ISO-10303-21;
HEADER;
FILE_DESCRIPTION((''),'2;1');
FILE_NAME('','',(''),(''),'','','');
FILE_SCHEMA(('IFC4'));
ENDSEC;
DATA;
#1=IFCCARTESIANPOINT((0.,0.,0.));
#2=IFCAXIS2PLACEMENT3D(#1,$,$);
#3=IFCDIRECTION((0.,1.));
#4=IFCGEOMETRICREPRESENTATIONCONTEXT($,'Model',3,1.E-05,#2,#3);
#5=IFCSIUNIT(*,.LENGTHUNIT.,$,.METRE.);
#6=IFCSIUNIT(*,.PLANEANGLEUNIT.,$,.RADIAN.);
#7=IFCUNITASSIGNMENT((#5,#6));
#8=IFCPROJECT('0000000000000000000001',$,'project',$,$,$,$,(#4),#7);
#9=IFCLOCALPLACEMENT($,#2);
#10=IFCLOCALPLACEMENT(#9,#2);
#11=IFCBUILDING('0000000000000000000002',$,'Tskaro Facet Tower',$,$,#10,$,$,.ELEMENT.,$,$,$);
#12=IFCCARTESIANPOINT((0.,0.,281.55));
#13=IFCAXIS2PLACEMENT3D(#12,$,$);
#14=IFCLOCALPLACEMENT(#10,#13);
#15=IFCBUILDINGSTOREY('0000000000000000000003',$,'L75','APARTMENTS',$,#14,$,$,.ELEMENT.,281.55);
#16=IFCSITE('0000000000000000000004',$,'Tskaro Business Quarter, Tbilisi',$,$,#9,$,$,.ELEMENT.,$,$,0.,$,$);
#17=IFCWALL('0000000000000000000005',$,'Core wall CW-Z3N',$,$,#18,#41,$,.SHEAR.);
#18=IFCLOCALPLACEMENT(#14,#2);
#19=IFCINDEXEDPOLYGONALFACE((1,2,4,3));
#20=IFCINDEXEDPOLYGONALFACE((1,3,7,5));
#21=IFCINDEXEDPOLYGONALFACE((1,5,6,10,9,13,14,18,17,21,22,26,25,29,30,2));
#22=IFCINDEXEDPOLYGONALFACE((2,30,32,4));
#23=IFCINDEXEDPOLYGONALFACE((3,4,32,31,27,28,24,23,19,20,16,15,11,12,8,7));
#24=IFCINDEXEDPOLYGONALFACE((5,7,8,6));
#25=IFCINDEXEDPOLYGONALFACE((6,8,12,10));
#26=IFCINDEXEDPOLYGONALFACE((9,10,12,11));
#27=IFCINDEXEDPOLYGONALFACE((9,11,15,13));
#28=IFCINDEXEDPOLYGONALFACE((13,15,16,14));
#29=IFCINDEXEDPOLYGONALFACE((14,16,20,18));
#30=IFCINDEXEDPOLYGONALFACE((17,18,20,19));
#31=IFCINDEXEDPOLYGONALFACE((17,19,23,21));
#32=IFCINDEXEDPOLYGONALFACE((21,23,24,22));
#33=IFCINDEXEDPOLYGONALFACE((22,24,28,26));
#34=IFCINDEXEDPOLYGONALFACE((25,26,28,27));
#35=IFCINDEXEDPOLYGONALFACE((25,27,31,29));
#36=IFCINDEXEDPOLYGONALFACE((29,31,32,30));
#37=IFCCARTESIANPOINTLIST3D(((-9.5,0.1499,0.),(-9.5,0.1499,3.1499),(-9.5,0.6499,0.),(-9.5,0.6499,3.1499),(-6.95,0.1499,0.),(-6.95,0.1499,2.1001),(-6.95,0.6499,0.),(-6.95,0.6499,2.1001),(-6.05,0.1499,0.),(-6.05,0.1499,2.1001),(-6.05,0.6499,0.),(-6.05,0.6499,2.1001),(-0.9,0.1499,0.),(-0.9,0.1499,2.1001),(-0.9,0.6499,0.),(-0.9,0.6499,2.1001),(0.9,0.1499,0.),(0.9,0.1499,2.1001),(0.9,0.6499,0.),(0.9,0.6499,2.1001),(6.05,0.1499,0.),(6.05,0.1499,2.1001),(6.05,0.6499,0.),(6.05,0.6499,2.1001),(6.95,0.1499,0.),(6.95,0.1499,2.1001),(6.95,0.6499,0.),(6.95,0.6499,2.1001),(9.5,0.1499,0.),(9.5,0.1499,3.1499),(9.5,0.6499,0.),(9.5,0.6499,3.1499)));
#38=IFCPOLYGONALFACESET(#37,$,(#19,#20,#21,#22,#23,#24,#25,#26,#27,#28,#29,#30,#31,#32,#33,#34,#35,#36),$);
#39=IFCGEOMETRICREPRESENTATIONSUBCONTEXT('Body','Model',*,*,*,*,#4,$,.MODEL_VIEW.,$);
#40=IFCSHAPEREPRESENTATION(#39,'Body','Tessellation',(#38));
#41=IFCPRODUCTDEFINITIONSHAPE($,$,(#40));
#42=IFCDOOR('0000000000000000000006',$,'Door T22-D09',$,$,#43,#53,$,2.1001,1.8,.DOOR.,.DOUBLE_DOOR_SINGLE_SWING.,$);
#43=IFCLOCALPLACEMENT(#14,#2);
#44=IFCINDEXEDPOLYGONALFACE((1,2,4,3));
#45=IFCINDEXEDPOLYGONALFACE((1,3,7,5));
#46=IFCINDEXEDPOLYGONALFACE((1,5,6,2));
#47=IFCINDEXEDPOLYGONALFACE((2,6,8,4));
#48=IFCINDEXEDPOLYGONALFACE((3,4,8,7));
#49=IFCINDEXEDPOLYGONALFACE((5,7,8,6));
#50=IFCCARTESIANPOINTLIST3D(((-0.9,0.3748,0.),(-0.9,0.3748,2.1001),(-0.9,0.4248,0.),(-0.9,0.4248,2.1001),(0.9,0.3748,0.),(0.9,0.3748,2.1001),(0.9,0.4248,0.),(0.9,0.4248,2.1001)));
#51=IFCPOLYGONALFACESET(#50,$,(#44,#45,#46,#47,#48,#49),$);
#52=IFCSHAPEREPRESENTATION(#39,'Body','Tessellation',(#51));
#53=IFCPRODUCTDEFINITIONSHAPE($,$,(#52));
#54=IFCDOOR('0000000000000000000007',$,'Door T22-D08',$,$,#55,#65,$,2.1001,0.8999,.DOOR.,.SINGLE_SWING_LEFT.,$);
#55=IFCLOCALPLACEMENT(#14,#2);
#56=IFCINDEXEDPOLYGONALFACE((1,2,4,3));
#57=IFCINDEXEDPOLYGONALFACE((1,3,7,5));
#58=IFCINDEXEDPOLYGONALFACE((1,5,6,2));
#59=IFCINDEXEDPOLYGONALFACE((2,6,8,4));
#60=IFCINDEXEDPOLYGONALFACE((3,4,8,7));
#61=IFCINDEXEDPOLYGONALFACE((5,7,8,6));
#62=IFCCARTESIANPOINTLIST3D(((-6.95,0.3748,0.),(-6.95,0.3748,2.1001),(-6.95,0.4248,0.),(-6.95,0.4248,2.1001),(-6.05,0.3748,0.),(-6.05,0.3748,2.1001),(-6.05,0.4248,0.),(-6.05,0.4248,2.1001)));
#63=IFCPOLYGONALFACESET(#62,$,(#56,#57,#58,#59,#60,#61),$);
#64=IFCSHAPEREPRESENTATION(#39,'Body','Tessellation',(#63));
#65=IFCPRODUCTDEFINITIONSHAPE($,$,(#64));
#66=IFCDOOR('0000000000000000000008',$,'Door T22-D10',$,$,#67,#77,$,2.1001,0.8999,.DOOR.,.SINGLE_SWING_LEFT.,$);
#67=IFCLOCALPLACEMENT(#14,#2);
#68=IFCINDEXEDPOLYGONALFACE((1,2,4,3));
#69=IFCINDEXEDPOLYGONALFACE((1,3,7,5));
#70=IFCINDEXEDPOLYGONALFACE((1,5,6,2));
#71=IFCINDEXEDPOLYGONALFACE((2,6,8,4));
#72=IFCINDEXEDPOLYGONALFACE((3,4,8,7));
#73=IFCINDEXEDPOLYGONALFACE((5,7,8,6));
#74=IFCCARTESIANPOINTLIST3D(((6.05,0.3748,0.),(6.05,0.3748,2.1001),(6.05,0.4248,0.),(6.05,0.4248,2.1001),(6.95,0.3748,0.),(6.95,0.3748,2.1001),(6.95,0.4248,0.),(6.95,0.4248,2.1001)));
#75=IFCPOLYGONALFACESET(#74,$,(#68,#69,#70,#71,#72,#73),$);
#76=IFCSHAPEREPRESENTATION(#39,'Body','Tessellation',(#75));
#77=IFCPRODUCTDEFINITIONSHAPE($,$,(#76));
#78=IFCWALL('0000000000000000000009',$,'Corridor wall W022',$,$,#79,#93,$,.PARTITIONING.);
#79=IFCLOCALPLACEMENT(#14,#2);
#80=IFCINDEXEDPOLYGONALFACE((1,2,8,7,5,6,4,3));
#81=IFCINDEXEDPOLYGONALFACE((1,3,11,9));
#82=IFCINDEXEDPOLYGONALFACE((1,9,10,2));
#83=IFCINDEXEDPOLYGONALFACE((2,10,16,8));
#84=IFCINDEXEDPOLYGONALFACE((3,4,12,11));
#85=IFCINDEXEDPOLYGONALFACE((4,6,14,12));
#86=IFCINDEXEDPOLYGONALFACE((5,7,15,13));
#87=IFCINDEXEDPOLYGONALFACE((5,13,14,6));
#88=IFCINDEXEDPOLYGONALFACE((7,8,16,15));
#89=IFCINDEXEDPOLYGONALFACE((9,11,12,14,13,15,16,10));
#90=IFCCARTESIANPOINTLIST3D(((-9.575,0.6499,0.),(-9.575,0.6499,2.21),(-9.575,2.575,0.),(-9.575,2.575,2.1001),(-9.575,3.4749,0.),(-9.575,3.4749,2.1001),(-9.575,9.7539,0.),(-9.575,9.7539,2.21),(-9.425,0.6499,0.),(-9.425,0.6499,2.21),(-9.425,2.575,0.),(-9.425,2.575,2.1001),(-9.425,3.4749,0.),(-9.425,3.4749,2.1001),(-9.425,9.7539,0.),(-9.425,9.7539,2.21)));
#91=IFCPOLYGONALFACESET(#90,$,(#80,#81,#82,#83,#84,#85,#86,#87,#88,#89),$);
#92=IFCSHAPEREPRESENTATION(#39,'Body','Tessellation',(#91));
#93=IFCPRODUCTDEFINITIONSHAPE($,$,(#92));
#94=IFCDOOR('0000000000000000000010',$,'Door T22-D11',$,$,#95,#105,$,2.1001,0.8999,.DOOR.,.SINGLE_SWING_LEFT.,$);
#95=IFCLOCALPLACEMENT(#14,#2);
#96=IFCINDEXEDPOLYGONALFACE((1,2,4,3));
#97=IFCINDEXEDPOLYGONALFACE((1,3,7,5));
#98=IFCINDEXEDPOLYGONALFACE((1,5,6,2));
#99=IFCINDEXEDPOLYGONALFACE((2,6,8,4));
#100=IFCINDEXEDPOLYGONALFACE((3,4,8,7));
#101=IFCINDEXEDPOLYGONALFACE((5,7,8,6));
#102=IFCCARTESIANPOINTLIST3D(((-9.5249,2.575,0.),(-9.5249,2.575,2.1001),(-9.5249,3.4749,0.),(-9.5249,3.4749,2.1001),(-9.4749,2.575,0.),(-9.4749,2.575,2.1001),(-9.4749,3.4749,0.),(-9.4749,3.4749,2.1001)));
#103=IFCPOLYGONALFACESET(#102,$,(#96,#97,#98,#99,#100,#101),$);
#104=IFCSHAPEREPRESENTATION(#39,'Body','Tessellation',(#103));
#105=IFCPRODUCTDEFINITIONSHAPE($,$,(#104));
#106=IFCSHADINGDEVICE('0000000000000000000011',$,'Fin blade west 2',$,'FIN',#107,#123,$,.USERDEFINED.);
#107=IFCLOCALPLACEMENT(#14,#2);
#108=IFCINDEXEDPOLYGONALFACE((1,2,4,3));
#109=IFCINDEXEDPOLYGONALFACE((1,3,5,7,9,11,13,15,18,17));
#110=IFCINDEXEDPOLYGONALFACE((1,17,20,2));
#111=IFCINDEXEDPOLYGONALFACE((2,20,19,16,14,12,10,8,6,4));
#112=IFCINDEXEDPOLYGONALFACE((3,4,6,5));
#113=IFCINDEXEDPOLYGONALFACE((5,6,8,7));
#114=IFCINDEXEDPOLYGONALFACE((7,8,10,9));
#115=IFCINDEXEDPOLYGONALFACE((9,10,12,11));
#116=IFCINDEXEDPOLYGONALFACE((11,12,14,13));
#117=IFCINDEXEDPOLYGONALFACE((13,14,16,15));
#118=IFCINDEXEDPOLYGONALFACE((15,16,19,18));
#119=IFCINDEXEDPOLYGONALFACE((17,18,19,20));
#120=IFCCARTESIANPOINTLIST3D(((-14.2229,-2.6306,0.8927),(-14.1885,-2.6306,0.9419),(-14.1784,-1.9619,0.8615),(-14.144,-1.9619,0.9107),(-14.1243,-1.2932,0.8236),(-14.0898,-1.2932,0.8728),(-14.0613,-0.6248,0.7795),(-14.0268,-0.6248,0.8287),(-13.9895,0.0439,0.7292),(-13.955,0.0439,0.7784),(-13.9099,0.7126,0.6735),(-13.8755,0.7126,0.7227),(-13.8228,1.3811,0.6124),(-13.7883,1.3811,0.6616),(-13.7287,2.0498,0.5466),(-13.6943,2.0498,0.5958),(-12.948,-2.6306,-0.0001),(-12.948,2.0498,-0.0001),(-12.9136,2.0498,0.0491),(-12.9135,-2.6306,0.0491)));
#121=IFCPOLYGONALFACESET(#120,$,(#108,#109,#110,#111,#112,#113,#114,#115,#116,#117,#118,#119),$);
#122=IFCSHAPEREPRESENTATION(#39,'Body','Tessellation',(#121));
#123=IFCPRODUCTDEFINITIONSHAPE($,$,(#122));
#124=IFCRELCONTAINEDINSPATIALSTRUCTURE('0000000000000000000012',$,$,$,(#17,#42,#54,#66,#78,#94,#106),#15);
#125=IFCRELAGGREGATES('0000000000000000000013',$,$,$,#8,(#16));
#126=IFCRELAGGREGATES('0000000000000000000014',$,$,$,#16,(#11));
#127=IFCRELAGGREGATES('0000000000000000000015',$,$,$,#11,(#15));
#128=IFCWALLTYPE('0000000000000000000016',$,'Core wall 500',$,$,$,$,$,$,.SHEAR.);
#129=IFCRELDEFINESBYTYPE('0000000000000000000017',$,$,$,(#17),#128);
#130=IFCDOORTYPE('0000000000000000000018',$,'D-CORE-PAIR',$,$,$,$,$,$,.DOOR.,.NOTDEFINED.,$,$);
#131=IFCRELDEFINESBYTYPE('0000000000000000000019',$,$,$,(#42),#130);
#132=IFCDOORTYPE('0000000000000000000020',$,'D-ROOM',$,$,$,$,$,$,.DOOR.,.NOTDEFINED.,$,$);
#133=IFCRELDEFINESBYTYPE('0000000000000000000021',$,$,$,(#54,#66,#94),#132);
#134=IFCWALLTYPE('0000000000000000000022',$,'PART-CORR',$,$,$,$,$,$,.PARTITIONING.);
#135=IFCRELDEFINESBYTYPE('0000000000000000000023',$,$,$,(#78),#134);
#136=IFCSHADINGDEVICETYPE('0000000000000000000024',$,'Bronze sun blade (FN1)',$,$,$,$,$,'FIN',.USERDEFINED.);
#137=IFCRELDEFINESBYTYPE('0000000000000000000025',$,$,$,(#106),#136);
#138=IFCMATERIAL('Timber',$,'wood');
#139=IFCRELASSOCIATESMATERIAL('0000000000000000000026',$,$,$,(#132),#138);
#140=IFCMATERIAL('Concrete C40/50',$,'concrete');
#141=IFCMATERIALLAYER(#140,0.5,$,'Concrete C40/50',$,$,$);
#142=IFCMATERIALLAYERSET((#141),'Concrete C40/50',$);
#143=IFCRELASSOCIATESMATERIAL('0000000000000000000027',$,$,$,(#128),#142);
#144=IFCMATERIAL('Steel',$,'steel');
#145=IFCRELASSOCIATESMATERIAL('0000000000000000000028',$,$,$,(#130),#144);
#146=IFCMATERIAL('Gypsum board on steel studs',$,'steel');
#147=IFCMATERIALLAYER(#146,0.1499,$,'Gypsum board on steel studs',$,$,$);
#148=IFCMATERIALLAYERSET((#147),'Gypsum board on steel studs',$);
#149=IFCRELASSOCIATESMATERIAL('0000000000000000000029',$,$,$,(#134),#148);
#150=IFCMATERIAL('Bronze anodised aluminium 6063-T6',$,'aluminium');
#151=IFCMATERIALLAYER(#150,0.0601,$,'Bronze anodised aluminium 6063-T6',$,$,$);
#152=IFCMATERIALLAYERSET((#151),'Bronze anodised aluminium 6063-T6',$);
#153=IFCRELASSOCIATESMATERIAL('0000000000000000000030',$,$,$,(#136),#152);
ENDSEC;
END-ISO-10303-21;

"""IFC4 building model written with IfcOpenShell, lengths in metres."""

from ifc_helpers import new_model, si_unit, direction, frame, frame_2d, origin, place, context, subcontext, project, spatial, polyline, rectangle, outline, extrude, material, layer, layer_set, type_object, element, fill, save


model = new_model("IFC4")

# Units and contexts
model_context = context("Model", 3, precision=1e-05, world=origin(), true_north=direction((0.0, 1.0)))
body_context = subcontext(model_context, "Body", "Model", "MODEL_VIEW")
ifc_project = project(units=[si_unit("LENGTHUNIT", "METRE"), si_unit("PLANEANGLEUNIT", "RADIAN")], contexts=[model_context])

# Site, building, storey
site_placement = place(None, origin())
site = spatial("IfcSite", under=ifc_project, at=site_placement, Name="Tskaro Business Quarter, Tbilisi", CompositionType="ELEMENT", RefElevation=0.0)
building_placement = place(site_placement, origin())
building = spatial("IfcBuilding", under=site, at=building_placement, Name="Tskaro Facet Tower", CompositionType="ELEMENT")
storey_placement = place(building_placement, frame((0.0, 0.0, 281.55)))
storey = spatial("IfcBuildingStorey", under=building, at=storey_placement, Name="L75", Description="APARTMENTS", CompositionType="ELEMENT", Elevation=281.55)

# Shared definitions
ifc_material_1 = material(Name="Bronze anodised aluminium 6063-T6", Category="aluminium")

# Shared definitions
ifc_material_2 = material(Name="Timber", Category="wood")
door_type_1 = type_object("IfcDoorType", Name="D-ROOM", OperationType="NOTDEFINED", PredefinedType="DOOR", material=ifc_material_2)

# Wall, openings, doors
ifc_material_3 = material(Name="Concrete C40/50", Category="concrete")
ifc_layer_1 = layer(ifc_material_3, 0.5, Name="Concrete C40/50")
ifc_layer_set_1 = layer_set([ifc_layer_1], Name="Concrete C40/50")
wall_type_1 = type_object("IfcWallType", Name="Core wall 500", PredefinedType="SHEAR", material=ifc_layer_set_1)
wall_1_placement = place(storey_placement, frame((-9.5, 0.3999, 0.0), z_axis=(0.0, 0.0, 1.0), x_axis=(1.0, 0.0, 0.0)))
wall_1 = element("IfcWall", 1, at=wall_1_placement, inside=storey, type_object=wall_type_1, Name="Core wall CW-Z3N", PredefinedType="SHEAR", context=body_context, shape_type="SweptSolid", body=[
    extrude(rectangle(XDim=19.0, YDim=0.5, at=frame_2d((9.5, 0.0))), origin(), (0.0, 0.0, 1.0), 3.1499),
])
opening_1_placement = place(wall_1_placement, frame((8.6001, 0.0, 0.0)))
opening_1 = element("IfcOpeningElement", 2, at=opening_1_placement, cuts=wall_1, PredefinedType="OPENING", context=body_context, shape_type="SweptSolid", body=[
    extrude(rectangle(XDim=1.8, YDim=2.1001, at=frame_2d((0.8999, 1.05))), frame((0.0, 0.26, 0.0), z_axis=(0.0, -1.0, 0.0), x_axis=(1.0, 0.0, 0.0)), (0.0, 0.0, 1.0), 0.52),
])
opening_2_placement = place(wall_1_placement, frame((2.55, 0.0, 0.0)))
opening_2 = element("IfcOpeningElement", 3, at=opening_2_placement, cuts=wall_1, PredefinedType="OPENING", context=body_context, shape_type="SweptSolid", body=[
    extrude(rectangle(XDim=0.8999, YDim=2.1001, at=frame_2d((0.45, 1.05))), frame((0.0, 0.26, 0.0), z_axis=(0.0, -1.0, 0.0), x_axis=(1.0, 0.0, 0.0)), (0.0, 0.0, 1.0), 0.52),
])
opening_3_placement = place(wall_1_placement, frame((15.55, 0.0, 0.0)))
opening_3 = element("IfcOpeningElement", 4, at=opening_3_placement, cuts=wall_1, PredefinedType="OPENING", context=body_context, shape_type="SweptSolid", body=[
    extrude(rectangle(XDim=0.8999, YDim=2.1001, at=frame_2d((0.45, 1.05))), frame((0.0, 0.26, 0.0), z_axis=(0.0, -1.0, 0.0), x_axis=(1.0, 0.0, 0.0)), (0.0, 0.0, 1.0), 0.52),
])
ifc_material_4 = material(Name="Steel", Category="steel")
door_type_2 = type_object("IfcDoorType", Name="D-CORE-PAIR", OperationType="NOTDEFINED", PredefinedType="DOOR", material=ifc_material_4)
door_1_placement = place(opening_1_placement, origin())
door_1 = element("IfcDoor", 5, at=door_1_placement, inside=storey, type_object=door_type_2, Name="Door T22-D09", OperationType="DOUBLE_DOOR_SINGLE_SWING", OverallHeight=2.1001, OverallWidth=1.8, PredefinedType="DOOR", context=body_context, shape_type="SweptSolid", body=[
    extrude(rectangle(XDim=1.8, YDim=2.1001, at=frame_2d((0.8999, 1.05))), frame((0.0, 0.0249, 0.0), z_axis=(0.0, -1.0, 0.0), x_axis=(1.0, 0.0, 0.0)), (0.0, 0.0, 1.0), 0.05),
])
fill(opening_1, door_1)
door_2_placement = place(opening_2_placement, origin())
door_2 = element("IfcDoor", 6, at=door_2_placement, inside=storey, type_object=door_type_1, Name="Door T22-D08", OperationType="SINGLE_SWING_LEFT", OverallHeight=2.1001, OverallWidth=0.8999, PredefinedType="DOOR", context=body_context, shape_type="SweptSolid", body=[
    extrude(rectangle(XDim=0.8999, YDim=2.1001, at=frame_2d((0.45, 1.05))), frame((0.0, 0.0249, 0.0), z_axis=(0.0, -1.0, 0.0), x_axis=(1.0, 0.0, 0.0)), (0.0, 0.0, 1.0), 0.05),
])
fill(opening_2, door_2)
door_3_placement = place(opening_3_placement, origin())
door_3 = element("IfcDoor", 7, at=door_3_placement, inside=storey, type_object=door_type_1, Name="Door T22-D10", OperationType="SINGLE_SWING_LEFT", OverallHeight=2.1001, OverallWidth=0.8999, PredefinedType="DOOR", context=body_context, shape_type="SweptSolid", body=[
    extrude(rectangle(XDim=0.8999, YDim=2.1001, at=frame_2d((0.45, 1.05))), frame((0.0, 0.0249, 0.0), z_axis=(0.0, -1.0, 0.0), x_axis=(1.0, 0.0, 0.0)), (0.0, 0.0, 1.0), 0.05),
])
fill(opening_3, door_3)

# Wall, opening, door
ifc_material_5 = material(Name="Gypsum board on steel studs", Category="steel")
ifc_layer_2 = layer(ifc_material_5, 0.1499, Name="Gypsum board on steel studs")
ifc_layer_set_2 = layer_set([ifc_layer_2], Name="Gypsum board on steel studs")
wall_type_2 = type_object("IfcWallType", Name="PART-CORR", PredefinedType="PARTITIONING", material=ifc_layer_set_2)
wall_2_placement = place(storey_placement, frame((-9.5, 0.6499, 0.0), z_axis=(0.0, 0.0, 1.0), x_axis=(0.0, 1.0, 0.0)))
wall_2 = element("IfcWall", 8, at=wall_2_placement, inside=storey, type_object=wall_type_2, Name="Corridor wall W022", PredefinedType="PARTITIONING", context=body_context, shape_type="SweptSolid", body=[
    extrude(rectangle(XDim=9.104, YDim=0.1499, at=frame_2d((4.552, 0.0))), origin(), (0.0, 0.0, 1.0), 2.21),
])
opening_4_placement = place(wall_2_placement, frame((1.925, 0.0, 0.0)))
opening_4 = element("IfcOpeningElement", 9, at=opening_4_placement, cuts=wall_2, PredefinedType="OPENING", context=body_context, shape_type="SweptSolid", body=[
    extrude(rectangle(XDim=0.8999, YDim=2.1001, at=frame_2d((0.45, 1.05))), frame((0.0, 0.085, 0.0), z_axis=(0.0, -1.0, 0.0), x_axis=(1.0, 0.0, 0.0)), (0.0, 0.0, 1.0), 0.1699),
])
door_4_placement = place(opening_4_placement, origin())
door_4 = element("IfcDoor", 10, at=door_4_placement, inside=storey, type_object=door_type_1, Name="Door T22-D11", OperationType="SINGLE_SWING_LEFT", OverallHeight=2.1001, OverallWidth=0.8999, PredefinedType="DOOR", context=body_context, shape_type="SweptSolid", body=[
    extrude(rectangle(XDim=0.8999, YDim=2.1001, at=frame_2d((0.45, 1.05))), frame((0.0, 0.0249, 0.0), z_axis=(0.0, -1.0, 0.0), x_axis=(1.0, 0.0, 0.0)), (0.0, 0.0, 1.0), 0.05),
])
fill(opening_4, door_4)

# Shading device
ifc_layer_3 = layer(ifc_material_1, 0.0601, Name="Bronze anodised aluminium 6063-T6")
ifc_layer_set_3 = layer_set([ifc_layer_3], Name="Bronze anodised aluminium 6063-T6")
shading_device_type = type_object("IfcShadingDeviceType", Name="Bronze sun blade (FN1)", ElementType="FIN", PredefinedType="USERDEFINED", material=ifc_layer_set_3)
shading_device_placement = place(storey_placement, frame((-12.9136, 2.0498, 0.0491), z_axis=(0.573591, 0.000016, 0.819142), x_axis=(0.000009, -1.0, 0.000013)))
element("IfcShadingDevice", 11, at=shading_device_placement, inside=storey, type_object=shading_device_type, Name="Fin blade west 2", ObjectType="FIN", PredefinedType="USERDEFINED", context=body_context, shape_type="SweptSolid", body=[
    extrude(outline(polyline([(0.0, 0.0), (4.6804, 0.0), (4.6804, -1.5564), (4.0117, -1.5021), (3.343, -1.436), (2.6746, -1.3591), (2.0059, -1.2714), (1.3372, -1.1743), (0.6687, -1.0679), (0.0, -0.9531), (0.0, 0.0)])), origin(), (0.0, 0.0, -1.0), 0.0601),
])

save(model, "model.ifc")
